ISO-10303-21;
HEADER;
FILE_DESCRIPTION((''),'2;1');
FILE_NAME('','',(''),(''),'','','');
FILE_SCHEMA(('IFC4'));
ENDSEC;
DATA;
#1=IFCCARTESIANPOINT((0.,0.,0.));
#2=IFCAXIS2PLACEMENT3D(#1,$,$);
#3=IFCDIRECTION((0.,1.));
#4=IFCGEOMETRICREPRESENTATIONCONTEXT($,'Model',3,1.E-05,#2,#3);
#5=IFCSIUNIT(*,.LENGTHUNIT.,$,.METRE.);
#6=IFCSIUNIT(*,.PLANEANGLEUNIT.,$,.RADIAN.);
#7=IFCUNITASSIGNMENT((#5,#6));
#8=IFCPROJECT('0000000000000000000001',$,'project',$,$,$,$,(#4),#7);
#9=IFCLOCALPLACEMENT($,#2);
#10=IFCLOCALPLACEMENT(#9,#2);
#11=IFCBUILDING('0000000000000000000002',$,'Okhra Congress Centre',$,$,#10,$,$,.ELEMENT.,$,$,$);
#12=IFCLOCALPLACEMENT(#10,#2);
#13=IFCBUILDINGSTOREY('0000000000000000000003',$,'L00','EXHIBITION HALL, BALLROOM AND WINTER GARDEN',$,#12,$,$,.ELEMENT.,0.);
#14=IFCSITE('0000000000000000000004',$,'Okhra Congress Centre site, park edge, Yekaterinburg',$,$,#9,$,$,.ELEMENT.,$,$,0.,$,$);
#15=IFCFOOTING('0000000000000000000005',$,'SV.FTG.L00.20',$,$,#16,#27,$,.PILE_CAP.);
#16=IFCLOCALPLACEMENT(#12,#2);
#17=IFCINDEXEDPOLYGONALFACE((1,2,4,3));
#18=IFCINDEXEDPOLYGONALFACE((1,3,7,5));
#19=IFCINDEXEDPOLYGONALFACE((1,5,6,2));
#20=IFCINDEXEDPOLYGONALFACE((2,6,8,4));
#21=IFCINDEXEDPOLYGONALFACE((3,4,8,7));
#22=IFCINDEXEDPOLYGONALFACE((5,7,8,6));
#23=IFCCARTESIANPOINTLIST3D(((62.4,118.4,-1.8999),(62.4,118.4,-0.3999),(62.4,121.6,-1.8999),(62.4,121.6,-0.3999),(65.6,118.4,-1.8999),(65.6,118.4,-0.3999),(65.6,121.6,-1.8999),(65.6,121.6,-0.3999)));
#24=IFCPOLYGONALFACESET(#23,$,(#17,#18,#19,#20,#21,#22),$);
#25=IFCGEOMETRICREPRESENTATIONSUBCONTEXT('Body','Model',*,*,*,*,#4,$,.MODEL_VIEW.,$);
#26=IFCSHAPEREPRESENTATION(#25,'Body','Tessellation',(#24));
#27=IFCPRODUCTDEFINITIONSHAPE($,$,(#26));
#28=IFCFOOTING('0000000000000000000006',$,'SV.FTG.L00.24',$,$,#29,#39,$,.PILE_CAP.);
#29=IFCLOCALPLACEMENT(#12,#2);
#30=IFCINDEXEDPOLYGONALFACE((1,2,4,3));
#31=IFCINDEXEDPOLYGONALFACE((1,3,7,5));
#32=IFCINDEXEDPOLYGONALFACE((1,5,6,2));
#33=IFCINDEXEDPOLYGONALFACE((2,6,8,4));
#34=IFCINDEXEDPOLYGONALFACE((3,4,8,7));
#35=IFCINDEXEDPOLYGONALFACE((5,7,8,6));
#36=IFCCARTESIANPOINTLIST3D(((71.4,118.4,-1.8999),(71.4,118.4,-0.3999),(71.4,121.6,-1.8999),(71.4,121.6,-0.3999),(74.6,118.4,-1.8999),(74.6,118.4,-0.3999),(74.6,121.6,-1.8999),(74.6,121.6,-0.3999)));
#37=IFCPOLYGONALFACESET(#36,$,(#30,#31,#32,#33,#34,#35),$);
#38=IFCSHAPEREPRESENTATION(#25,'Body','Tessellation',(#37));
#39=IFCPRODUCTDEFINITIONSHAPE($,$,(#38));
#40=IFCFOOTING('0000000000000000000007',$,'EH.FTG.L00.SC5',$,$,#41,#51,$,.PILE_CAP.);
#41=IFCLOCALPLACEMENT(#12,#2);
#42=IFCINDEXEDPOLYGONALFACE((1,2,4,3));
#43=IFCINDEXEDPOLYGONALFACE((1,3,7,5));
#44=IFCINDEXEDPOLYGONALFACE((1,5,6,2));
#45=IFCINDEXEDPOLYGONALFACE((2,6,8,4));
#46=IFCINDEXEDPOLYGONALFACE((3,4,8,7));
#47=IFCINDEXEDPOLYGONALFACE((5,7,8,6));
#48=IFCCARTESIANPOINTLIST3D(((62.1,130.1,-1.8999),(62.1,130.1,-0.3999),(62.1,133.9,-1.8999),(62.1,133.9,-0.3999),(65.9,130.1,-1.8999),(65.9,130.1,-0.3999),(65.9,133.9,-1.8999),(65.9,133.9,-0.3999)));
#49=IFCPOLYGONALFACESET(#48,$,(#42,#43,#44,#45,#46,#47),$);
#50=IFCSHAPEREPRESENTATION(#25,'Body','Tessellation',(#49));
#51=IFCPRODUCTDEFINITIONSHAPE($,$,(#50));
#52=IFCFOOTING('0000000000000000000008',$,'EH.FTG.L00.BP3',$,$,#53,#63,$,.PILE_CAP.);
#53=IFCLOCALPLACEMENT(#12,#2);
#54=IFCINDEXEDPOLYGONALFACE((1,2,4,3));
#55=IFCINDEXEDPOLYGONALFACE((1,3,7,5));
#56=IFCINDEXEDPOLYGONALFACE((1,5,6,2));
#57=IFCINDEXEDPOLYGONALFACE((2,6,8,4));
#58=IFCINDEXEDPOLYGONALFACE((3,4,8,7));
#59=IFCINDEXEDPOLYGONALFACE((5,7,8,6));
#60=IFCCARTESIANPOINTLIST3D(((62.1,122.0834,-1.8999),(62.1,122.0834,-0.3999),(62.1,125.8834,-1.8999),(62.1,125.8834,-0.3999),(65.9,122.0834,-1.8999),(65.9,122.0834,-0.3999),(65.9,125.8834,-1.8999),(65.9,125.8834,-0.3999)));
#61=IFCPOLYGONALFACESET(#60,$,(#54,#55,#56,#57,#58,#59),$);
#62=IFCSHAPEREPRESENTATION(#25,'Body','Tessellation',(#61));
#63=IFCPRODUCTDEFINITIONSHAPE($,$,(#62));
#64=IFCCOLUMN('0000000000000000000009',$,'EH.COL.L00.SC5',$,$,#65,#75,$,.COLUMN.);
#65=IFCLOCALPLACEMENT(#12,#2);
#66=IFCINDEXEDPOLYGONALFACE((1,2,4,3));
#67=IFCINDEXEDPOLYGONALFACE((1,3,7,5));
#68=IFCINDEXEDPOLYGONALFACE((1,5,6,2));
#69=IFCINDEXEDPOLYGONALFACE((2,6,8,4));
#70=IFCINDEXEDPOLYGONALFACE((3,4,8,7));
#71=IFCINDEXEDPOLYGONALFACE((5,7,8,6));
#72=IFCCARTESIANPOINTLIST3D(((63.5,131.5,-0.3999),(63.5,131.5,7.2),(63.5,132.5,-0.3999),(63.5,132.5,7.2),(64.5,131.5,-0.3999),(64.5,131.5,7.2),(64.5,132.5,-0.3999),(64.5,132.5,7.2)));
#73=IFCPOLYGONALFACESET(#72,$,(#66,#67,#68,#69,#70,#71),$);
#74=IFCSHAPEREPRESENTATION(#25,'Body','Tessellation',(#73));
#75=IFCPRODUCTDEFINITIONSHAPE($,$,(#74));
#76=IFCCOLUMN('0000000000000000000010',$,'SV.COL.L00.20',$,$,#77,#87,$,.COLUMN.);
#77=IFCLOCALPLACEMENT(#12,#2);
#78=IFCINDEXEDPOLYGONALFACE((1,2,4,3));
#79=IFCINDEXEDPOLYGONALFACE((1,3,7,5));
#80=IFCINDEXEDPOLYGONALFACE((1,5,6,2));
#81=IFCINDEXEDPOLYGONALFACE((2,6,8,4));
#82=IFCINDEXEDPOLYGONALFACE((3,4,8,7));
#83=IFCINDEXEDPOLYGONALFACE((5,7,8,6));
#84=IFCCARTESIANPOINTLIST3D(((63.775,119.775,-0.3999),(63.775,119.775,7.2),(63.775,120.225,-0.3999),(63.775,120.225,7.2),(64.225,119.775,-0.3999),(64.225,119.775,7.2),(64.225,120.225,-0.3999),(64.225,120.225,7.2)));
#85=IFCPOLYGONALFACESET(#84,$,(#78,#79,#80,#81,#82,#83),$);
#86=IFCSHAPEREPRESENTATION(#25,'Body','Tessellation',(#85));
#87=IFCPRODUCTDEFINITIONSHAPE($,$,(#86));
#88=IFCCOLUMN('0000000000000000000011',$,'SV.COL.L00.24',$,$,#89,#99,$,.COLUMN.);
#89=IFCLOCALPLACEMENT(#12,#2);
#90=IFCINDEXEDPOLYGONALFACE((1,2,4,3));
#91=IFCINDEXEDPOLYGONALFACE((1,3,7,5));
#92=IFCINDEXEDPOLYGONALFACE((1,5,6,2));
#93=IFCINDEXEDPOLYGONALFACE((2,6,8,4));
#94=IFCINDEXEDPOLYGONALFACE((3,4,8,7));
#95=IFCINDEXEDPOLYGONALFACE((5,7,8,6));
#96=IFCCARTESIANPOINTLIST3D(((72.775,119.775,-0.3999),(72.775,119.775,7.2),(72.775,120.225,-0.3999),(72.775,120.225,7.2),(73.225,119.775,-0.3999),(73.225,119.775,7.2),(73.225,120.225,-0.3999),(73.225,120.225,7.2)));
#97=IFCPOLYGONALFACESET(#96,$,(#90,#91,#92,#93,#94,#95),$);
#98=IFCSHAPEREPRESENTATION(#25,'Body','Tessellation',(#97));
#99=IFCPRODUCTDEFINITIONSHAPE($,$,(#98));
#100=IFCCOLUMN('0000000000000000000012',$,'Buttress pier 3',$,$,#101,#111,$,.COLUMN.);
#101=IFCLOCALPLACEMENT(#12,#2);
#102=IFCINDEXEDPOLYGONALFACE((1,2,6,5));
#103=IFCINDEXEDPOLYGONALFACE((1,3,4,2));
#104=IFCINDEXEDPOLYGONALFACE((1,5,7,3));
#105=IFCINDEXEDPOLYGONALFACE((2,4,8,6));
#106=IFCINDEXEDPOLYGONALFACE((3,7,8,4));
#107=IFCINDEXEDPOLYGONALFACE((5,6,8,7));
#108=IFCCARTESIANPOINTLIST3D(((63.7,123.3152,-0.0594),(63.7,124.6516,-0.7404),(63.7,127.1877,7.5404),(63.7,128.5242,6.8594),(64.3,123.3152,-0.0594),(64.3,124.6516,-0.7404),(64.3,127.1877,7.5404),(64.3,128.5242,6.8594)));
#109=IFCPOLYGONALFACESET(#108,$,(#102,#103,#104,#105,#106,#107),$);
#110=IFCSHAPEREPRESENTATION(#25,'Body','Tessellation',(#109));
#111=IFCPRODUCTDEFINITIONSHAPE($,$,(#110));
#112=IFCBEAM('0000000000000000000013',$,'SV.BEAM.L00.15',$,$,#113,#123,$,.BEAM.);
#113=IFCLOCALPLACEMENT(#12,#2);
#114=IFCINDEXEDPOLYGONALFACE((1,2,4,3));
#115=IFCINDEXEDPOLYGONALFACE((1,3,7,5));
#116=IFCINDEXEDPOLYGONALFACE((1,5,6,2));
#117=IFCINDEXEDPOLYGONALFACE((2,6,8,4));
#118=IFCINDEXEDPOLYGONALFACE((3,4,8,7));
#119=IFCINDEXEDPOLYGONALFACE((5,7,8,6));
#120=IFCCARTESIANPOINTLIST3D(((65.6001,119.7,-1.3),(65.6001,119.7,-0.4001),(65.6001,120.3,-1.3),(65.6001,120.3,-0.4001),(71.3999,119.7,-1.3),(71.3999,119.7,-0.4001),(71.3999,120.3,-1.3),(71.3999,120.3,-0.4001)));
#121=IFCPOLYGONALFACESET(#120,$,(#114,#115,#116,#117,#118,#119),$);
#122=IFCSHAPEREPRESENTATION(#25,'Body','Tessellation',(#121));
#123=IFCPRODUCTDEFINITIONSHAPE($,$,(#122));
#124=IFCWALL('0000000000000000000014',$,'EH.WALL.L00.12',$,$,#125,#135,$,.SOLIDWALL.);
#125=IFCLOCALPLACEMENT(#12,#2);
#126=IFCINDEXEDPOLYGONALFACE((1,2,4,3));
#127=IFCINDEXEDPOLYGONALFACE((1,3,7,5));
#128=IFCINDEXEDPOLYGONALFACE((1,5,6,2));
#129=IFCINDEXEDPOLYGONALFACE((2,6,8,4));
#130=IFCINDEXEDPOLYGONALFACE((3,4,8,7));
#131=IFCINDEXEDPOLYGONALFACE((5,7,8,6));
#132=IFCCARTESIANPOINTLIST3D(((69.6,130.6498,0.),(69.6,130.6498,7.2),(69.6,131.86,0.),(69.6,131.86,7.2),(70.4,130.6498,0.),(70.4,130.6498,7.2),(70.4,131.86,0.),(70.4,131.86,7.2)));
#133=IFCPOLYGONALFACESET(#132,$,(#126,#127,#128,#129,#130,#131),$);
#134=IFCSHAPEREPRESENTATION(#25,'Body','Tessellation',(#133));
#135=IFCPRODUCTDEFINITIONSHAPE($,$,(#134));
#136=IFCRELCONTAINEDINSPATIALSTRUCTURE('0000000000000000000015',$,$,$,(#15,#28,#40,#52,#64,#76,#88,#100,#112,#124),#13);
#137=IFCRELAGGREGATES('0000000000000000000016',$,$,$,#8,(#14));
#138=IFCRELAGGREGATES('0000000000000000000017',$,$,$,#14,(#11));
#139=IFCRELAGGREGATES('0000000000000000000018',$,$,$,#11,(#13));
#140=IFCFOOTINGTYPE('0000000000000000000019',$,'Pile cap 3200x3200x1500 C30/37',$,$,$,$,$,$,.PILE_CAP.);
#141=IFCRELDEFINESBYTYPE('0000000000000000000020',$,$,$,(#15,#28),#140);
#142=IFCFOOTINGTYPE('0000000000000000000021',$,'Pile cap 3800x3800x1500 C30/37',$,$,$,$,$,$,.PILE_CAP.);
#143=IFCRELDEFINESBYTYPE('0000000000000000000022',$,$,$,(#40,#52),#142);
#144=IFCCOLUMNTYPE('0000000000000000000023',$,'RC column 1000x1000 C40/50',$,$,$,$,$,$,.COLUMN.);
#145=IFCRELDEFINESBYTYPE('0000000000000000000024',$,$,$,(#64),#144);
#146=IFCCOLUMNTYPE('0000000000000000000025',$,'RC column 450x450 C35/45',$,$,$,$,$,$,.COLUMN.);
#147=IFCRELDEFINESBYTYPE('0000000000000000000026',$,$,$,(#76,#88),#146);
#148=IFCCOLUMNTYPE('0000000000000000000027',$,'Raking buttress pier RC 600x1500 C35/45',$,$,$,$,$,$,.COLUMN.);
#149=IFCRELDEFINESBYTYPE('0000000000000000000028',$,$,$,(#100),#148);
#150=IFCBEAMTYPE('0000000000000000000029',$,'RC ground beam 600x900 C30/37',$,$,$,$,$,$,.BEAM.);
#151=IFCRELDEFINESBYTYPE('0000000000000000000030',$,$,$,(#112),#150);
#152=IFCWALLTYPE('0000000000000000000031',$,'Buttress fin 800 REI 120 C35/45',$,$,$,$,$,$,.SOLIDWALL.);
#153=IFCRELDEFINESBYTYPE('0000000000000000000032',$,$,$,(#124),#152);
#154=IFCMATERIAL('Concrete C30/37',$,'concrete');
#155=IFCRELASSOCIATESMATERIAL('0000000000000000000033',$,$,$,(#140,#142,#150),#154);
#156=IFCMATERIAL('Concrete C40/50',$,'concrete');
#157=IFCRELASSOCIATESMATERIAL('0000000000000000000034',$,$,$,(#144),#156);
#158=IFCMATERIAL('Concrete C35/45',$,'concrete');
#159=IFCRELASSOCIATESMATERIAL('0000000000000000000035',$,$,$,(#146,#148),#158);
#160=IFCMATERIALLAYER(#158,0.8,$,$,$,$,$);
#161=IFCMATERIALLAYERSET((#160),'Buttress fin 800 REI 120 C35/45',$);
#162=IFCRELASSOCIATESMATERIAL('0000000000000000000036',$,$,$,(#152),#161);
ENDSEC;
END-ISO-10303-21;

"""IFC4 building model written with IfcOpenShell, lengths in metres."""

from ifc_helpers import new_model, si_unit, direction, frame, frame_2d, origin, origin_2d, place, context, subcontext, project, spatial, rectangle, extrude, material, layer, layer_set, material_profile, profile_set, type_object, element, save


model = new_model("IFC4")

# Units and contexts
model_context = context("Model", 3, precision=1e-05, world=origin(), true_north=direction((0.0, 1.0)))
body_context = subcontext(model_context, "Body", "Model", "MODEL_VIEW")
ifc_project = project(units=[si_unit("LENGTHUNIT", "METRE"), si_unit("PLANEANGLEUNIT", "RADIAN")], contexts=[model_context])

# Site, building, storey
site_placement = place(None, origin())
site = spatial("IfcSite", under=ifc_project, at=site_placement, Name="Okhra Congress Centre site, park edge, Yekaterinburg", CompositionType="ELEMENT", RefElevation=0.0)
building_placement = place(site_placement, origin())
building = spatial("IfcBuilding", under=site, at=building_placement, Name="Okhra Congress Centre", CompositionType="ELEMENT")
storey_placement = place(building_placement, origin())
storey = spatial("IfcBuildingStorey", under=building, at=storey_placement, Name="L00", Description="EXHIBITION HALL, BALLROOM AND WINTER GARDEN", CompositionType="ELEMENT", Elevation=0.0)

# Shared definitions
ifc_material_1 = material(Name="Concrete C30/37", Category="concrete")

# Footings
footing_type_1 = type_object("IfcFootingType", Name="Pile cap 3200x3200x1500 C30/37", PredefinedType="PILE_CAP", material=ifc_material_1)
for number, where, z_axis, x_axis, name in (
    (1, (64.0, 120.0, -1.8999), (0.0, 0.0, 1.0), (1.0, 0.0, 0.0), "SV.FTG.L00.20"),
    (2, (73.0, 120.0, -1.8999), (0.0, 0.0, 1.0), (1.0, 0.0, 0.0), "SV.FTG.L00.24"),
):
    element("IfcFooting", number, at=place(storey_placement, frame(where, z_axis=z_axis, x_axis=x_axis)), inside=storey, type_object=footing_type_1, Name=name, PredefinedType="PILE_CAP", context=body_context, shape_type="SweptSolid", body=[
        extrude(rectangle(XDim=3.2, YDim=3.2, at=origin_2d()), origin(), (0.0, 0.0, 1.0), 1.5),
    ])
footing_type_2 = type_object("IfcFootingType", Name="Pile cap 3800x3800x1500 C30/37", PredefinedType="PILE_CAP", material=ifc_material_1)
for number, where, z_axis, x_axis, name in (
    (3, (64.0, 132.0, -1.8999), (0.0, 0.0, 1.0), (1.0, 0.0, 0.0), "EH.FTG.L00.SC5"),
    (4, (64.0, 123.9834, -1.8999), (0.0, 0.0, 1.0), (1.0, 0.0, 0.0), "EH.FTG.L00.BP3"),
):
    element("IfcFooting", number, at=place(storey_placement, frame(where, z_axis=z_axis, x_axis=x_axis)), inside=storey, type_object=footing_type_2, Name=name, PredefinedType="PILE_CAP", context=body_context, shape_type="SweptSolid", body=[
        extrude(rectangle(XDim=3.8, YDim=3.8, at=origin_2d()), origin(), (0.0, 0.0, 1.0), 1.5),
    ])

# Columns
ifc_material_2 = material(Name="Concrete C40/50", Category="concrete")
ifc_material_profile_1 = material_profile(ifc_material_2, rectangle(XDim=1.0, YDim=1.0, at=origin_2d()), Name="RC 1000x1000")
ifc_profile_set_1 = profile_set([ifc_material_profile_1], Name="Concrete C40/50")
column_type_1 = type_object("IfcColumnType", Name="RC column 1000x1000 C40/50", PredefinedType="COLUMN", material=ifc_profile_set_1)
column_1_placement = place(storey_placement, frame((64.0, 132.0, -0.3999), z_axis=(0.0, 0.0, 1.0), x_axis=(1.0, 0.0, 0.0)))
element("IfcColumn", 5, at=column_1_placement, inside=storey, type_object=column_type_1, Name="EH.COL.L00.SC5", PredefinedType="COLUMN", context=body_context, shape_type="SweptSolid", body=[
    extrude(rectangle(XDim=1.0, YDim=1.0, at=origin_2d()), origin(), (0.0, 0.0, 1.0), 7.5999),
])
ifc_material_3 = material(Name="Concrete C35/45", Category="concrete")
ifc_material_profile_2 = material_profile(ifc_material_3, rectangle(XDim=0.45, YDim=0.45, at=origin_2d()), Name="RC 450x450")
ifc_profile_set_2 = profile_set([ifc_material_profile_2], Name="Concrete C35/45")
column_type_2 = type_object("IfcColumnType", Name="RC column 450x450 C35/45", PredefinedType="COLUMN", material=ifc_profile_set_2)
for number, where, z_axis, x_axis, name in (
    (6, (64.0, 120.0, -0.3999), (0.0, 0.0, 1.0), (1.0, 0.0, 0.0), "SV.COL.L00.20"),
    (7, (73.0, 120.0, -0.3999), (0.0, 0.0, 1.0), (1.0, 0.0, 0.0), "SV.COL.L00.24"),
):
    element("IfcColumn", number, at=place(storey_placement, frame(where, z_axis=z_axis, x_axis=x_axis)), inside=storey, type_object=column_type_2, Name=name, PredefinedType="COLUMN", context=body_context, shape_type="SweptSolid", body=[
        extrude(rectangle(XDim=0.45, YDim=0.45, at=origin_2d()), origin(), (0.0, 0.0, 1.0), 7.5999),
    ])
ifc_material_profile_3 = material_profile(ifc_material_3, rectangle(XDim=0.6001, YDim=1.5, at=origin_2d()), Name="RC 600x1500")
ifc_profile_set_3 = profile_set([ifc_material_profile_3], Name="Concrete C35/45")
column_type_3 = type_object("IfcColumnType", Name="Raking buttress pier RC 600x1500 C35/45", PredefinedType="COLUMN", material=ifc_profile_set_3)
column_2_placement = place(storey_placement, frame((64.0, 123.9834, -0.3999), z_axis=(0.0, 0.454013, 0.890995), x_axis=(-1.0, 0.0, 0.0)))
element("IfcColumn", 8, at=column_2_placement, inside=storey, type_object=column_type_3, Name="Buttress pier 3", PredefinedType="COLUMN", context=body_context, shape_type="SweptSolid", body=[
    extrude(rectangle(XDim=0.6001, YDim=1.5, at=origin_2d()), origin(), (0.0, 0.0, 1.0), 8.5295),
])

# Beam
ifc_material_profile_4 = material_profile(ifc_material_1, rectangle(XDim=0.6001, YDim=0.8999, at=origin_2d()), Name="RC 600x900")
ifc_profile_set_4 = profile_set([ifc_material_profile_4], Name="Concrete C30/37")
beam_type = type_object("IfcBeamType", Name="RC ground beam 600x900 C30/37", PredefinedType="BEAM", material=ifc_profile_set_4)
beam_placement = place(storey_placement, frame((65.6001, 120.0, -0.8501), z_axis=(1.0, 0.0, 0.0), x_axis=(0.0, 1.0, 0.0)))
element("IfcBeam", 9, at=beam_placement, inside=storey, type_object=beam_type, Name="SV.BEAM.L00.15", PredefinedType="BEAM", context=body_context, shape_type="SweptSolid", body=[
    extrude(rectangle(XDim=0.6001, YDim=0.8999, at=origin_2d()), origin(), (0.0, 0.0, 1.0), 5.7998),
])

# Wall
ifc_layer_1 = layer(ifc_material_3, 0.8)
ifc_layer_set_1 = layer_set([ifc_layer_1], Name="Buttress fin 800 REI 120 C35/45")
wall_type_1 = type_object("IfcWallType", Name="Buttress fin 800 REI 120 C35/45", PredefinedType="SOLIDWALL", material=ifc_layer_set_1)
wall_1_placement = place(storey_placement, frame((70.0, 130.6499, 0.0), z_axis=(0.0, 0.0, 1.0), x_axis=(0.0, 1.0, 0.0)))
element("IfcWall", 10, at=wall_1_placement, inside=storey, type_object=wall_type_1, Name="EH.WALL.L00.12", PredefinedType="SOLIDWALL", context=body_context, shape_type="SweptSolid", body=[
    extrude(rectangle(XDim=1.2102, YDim=0.8, at=frame_2d((0.605, 0.0))), origin(), (0.0, 0.0, 1.0), 7.2),
])

save(model, "model.ifc")
